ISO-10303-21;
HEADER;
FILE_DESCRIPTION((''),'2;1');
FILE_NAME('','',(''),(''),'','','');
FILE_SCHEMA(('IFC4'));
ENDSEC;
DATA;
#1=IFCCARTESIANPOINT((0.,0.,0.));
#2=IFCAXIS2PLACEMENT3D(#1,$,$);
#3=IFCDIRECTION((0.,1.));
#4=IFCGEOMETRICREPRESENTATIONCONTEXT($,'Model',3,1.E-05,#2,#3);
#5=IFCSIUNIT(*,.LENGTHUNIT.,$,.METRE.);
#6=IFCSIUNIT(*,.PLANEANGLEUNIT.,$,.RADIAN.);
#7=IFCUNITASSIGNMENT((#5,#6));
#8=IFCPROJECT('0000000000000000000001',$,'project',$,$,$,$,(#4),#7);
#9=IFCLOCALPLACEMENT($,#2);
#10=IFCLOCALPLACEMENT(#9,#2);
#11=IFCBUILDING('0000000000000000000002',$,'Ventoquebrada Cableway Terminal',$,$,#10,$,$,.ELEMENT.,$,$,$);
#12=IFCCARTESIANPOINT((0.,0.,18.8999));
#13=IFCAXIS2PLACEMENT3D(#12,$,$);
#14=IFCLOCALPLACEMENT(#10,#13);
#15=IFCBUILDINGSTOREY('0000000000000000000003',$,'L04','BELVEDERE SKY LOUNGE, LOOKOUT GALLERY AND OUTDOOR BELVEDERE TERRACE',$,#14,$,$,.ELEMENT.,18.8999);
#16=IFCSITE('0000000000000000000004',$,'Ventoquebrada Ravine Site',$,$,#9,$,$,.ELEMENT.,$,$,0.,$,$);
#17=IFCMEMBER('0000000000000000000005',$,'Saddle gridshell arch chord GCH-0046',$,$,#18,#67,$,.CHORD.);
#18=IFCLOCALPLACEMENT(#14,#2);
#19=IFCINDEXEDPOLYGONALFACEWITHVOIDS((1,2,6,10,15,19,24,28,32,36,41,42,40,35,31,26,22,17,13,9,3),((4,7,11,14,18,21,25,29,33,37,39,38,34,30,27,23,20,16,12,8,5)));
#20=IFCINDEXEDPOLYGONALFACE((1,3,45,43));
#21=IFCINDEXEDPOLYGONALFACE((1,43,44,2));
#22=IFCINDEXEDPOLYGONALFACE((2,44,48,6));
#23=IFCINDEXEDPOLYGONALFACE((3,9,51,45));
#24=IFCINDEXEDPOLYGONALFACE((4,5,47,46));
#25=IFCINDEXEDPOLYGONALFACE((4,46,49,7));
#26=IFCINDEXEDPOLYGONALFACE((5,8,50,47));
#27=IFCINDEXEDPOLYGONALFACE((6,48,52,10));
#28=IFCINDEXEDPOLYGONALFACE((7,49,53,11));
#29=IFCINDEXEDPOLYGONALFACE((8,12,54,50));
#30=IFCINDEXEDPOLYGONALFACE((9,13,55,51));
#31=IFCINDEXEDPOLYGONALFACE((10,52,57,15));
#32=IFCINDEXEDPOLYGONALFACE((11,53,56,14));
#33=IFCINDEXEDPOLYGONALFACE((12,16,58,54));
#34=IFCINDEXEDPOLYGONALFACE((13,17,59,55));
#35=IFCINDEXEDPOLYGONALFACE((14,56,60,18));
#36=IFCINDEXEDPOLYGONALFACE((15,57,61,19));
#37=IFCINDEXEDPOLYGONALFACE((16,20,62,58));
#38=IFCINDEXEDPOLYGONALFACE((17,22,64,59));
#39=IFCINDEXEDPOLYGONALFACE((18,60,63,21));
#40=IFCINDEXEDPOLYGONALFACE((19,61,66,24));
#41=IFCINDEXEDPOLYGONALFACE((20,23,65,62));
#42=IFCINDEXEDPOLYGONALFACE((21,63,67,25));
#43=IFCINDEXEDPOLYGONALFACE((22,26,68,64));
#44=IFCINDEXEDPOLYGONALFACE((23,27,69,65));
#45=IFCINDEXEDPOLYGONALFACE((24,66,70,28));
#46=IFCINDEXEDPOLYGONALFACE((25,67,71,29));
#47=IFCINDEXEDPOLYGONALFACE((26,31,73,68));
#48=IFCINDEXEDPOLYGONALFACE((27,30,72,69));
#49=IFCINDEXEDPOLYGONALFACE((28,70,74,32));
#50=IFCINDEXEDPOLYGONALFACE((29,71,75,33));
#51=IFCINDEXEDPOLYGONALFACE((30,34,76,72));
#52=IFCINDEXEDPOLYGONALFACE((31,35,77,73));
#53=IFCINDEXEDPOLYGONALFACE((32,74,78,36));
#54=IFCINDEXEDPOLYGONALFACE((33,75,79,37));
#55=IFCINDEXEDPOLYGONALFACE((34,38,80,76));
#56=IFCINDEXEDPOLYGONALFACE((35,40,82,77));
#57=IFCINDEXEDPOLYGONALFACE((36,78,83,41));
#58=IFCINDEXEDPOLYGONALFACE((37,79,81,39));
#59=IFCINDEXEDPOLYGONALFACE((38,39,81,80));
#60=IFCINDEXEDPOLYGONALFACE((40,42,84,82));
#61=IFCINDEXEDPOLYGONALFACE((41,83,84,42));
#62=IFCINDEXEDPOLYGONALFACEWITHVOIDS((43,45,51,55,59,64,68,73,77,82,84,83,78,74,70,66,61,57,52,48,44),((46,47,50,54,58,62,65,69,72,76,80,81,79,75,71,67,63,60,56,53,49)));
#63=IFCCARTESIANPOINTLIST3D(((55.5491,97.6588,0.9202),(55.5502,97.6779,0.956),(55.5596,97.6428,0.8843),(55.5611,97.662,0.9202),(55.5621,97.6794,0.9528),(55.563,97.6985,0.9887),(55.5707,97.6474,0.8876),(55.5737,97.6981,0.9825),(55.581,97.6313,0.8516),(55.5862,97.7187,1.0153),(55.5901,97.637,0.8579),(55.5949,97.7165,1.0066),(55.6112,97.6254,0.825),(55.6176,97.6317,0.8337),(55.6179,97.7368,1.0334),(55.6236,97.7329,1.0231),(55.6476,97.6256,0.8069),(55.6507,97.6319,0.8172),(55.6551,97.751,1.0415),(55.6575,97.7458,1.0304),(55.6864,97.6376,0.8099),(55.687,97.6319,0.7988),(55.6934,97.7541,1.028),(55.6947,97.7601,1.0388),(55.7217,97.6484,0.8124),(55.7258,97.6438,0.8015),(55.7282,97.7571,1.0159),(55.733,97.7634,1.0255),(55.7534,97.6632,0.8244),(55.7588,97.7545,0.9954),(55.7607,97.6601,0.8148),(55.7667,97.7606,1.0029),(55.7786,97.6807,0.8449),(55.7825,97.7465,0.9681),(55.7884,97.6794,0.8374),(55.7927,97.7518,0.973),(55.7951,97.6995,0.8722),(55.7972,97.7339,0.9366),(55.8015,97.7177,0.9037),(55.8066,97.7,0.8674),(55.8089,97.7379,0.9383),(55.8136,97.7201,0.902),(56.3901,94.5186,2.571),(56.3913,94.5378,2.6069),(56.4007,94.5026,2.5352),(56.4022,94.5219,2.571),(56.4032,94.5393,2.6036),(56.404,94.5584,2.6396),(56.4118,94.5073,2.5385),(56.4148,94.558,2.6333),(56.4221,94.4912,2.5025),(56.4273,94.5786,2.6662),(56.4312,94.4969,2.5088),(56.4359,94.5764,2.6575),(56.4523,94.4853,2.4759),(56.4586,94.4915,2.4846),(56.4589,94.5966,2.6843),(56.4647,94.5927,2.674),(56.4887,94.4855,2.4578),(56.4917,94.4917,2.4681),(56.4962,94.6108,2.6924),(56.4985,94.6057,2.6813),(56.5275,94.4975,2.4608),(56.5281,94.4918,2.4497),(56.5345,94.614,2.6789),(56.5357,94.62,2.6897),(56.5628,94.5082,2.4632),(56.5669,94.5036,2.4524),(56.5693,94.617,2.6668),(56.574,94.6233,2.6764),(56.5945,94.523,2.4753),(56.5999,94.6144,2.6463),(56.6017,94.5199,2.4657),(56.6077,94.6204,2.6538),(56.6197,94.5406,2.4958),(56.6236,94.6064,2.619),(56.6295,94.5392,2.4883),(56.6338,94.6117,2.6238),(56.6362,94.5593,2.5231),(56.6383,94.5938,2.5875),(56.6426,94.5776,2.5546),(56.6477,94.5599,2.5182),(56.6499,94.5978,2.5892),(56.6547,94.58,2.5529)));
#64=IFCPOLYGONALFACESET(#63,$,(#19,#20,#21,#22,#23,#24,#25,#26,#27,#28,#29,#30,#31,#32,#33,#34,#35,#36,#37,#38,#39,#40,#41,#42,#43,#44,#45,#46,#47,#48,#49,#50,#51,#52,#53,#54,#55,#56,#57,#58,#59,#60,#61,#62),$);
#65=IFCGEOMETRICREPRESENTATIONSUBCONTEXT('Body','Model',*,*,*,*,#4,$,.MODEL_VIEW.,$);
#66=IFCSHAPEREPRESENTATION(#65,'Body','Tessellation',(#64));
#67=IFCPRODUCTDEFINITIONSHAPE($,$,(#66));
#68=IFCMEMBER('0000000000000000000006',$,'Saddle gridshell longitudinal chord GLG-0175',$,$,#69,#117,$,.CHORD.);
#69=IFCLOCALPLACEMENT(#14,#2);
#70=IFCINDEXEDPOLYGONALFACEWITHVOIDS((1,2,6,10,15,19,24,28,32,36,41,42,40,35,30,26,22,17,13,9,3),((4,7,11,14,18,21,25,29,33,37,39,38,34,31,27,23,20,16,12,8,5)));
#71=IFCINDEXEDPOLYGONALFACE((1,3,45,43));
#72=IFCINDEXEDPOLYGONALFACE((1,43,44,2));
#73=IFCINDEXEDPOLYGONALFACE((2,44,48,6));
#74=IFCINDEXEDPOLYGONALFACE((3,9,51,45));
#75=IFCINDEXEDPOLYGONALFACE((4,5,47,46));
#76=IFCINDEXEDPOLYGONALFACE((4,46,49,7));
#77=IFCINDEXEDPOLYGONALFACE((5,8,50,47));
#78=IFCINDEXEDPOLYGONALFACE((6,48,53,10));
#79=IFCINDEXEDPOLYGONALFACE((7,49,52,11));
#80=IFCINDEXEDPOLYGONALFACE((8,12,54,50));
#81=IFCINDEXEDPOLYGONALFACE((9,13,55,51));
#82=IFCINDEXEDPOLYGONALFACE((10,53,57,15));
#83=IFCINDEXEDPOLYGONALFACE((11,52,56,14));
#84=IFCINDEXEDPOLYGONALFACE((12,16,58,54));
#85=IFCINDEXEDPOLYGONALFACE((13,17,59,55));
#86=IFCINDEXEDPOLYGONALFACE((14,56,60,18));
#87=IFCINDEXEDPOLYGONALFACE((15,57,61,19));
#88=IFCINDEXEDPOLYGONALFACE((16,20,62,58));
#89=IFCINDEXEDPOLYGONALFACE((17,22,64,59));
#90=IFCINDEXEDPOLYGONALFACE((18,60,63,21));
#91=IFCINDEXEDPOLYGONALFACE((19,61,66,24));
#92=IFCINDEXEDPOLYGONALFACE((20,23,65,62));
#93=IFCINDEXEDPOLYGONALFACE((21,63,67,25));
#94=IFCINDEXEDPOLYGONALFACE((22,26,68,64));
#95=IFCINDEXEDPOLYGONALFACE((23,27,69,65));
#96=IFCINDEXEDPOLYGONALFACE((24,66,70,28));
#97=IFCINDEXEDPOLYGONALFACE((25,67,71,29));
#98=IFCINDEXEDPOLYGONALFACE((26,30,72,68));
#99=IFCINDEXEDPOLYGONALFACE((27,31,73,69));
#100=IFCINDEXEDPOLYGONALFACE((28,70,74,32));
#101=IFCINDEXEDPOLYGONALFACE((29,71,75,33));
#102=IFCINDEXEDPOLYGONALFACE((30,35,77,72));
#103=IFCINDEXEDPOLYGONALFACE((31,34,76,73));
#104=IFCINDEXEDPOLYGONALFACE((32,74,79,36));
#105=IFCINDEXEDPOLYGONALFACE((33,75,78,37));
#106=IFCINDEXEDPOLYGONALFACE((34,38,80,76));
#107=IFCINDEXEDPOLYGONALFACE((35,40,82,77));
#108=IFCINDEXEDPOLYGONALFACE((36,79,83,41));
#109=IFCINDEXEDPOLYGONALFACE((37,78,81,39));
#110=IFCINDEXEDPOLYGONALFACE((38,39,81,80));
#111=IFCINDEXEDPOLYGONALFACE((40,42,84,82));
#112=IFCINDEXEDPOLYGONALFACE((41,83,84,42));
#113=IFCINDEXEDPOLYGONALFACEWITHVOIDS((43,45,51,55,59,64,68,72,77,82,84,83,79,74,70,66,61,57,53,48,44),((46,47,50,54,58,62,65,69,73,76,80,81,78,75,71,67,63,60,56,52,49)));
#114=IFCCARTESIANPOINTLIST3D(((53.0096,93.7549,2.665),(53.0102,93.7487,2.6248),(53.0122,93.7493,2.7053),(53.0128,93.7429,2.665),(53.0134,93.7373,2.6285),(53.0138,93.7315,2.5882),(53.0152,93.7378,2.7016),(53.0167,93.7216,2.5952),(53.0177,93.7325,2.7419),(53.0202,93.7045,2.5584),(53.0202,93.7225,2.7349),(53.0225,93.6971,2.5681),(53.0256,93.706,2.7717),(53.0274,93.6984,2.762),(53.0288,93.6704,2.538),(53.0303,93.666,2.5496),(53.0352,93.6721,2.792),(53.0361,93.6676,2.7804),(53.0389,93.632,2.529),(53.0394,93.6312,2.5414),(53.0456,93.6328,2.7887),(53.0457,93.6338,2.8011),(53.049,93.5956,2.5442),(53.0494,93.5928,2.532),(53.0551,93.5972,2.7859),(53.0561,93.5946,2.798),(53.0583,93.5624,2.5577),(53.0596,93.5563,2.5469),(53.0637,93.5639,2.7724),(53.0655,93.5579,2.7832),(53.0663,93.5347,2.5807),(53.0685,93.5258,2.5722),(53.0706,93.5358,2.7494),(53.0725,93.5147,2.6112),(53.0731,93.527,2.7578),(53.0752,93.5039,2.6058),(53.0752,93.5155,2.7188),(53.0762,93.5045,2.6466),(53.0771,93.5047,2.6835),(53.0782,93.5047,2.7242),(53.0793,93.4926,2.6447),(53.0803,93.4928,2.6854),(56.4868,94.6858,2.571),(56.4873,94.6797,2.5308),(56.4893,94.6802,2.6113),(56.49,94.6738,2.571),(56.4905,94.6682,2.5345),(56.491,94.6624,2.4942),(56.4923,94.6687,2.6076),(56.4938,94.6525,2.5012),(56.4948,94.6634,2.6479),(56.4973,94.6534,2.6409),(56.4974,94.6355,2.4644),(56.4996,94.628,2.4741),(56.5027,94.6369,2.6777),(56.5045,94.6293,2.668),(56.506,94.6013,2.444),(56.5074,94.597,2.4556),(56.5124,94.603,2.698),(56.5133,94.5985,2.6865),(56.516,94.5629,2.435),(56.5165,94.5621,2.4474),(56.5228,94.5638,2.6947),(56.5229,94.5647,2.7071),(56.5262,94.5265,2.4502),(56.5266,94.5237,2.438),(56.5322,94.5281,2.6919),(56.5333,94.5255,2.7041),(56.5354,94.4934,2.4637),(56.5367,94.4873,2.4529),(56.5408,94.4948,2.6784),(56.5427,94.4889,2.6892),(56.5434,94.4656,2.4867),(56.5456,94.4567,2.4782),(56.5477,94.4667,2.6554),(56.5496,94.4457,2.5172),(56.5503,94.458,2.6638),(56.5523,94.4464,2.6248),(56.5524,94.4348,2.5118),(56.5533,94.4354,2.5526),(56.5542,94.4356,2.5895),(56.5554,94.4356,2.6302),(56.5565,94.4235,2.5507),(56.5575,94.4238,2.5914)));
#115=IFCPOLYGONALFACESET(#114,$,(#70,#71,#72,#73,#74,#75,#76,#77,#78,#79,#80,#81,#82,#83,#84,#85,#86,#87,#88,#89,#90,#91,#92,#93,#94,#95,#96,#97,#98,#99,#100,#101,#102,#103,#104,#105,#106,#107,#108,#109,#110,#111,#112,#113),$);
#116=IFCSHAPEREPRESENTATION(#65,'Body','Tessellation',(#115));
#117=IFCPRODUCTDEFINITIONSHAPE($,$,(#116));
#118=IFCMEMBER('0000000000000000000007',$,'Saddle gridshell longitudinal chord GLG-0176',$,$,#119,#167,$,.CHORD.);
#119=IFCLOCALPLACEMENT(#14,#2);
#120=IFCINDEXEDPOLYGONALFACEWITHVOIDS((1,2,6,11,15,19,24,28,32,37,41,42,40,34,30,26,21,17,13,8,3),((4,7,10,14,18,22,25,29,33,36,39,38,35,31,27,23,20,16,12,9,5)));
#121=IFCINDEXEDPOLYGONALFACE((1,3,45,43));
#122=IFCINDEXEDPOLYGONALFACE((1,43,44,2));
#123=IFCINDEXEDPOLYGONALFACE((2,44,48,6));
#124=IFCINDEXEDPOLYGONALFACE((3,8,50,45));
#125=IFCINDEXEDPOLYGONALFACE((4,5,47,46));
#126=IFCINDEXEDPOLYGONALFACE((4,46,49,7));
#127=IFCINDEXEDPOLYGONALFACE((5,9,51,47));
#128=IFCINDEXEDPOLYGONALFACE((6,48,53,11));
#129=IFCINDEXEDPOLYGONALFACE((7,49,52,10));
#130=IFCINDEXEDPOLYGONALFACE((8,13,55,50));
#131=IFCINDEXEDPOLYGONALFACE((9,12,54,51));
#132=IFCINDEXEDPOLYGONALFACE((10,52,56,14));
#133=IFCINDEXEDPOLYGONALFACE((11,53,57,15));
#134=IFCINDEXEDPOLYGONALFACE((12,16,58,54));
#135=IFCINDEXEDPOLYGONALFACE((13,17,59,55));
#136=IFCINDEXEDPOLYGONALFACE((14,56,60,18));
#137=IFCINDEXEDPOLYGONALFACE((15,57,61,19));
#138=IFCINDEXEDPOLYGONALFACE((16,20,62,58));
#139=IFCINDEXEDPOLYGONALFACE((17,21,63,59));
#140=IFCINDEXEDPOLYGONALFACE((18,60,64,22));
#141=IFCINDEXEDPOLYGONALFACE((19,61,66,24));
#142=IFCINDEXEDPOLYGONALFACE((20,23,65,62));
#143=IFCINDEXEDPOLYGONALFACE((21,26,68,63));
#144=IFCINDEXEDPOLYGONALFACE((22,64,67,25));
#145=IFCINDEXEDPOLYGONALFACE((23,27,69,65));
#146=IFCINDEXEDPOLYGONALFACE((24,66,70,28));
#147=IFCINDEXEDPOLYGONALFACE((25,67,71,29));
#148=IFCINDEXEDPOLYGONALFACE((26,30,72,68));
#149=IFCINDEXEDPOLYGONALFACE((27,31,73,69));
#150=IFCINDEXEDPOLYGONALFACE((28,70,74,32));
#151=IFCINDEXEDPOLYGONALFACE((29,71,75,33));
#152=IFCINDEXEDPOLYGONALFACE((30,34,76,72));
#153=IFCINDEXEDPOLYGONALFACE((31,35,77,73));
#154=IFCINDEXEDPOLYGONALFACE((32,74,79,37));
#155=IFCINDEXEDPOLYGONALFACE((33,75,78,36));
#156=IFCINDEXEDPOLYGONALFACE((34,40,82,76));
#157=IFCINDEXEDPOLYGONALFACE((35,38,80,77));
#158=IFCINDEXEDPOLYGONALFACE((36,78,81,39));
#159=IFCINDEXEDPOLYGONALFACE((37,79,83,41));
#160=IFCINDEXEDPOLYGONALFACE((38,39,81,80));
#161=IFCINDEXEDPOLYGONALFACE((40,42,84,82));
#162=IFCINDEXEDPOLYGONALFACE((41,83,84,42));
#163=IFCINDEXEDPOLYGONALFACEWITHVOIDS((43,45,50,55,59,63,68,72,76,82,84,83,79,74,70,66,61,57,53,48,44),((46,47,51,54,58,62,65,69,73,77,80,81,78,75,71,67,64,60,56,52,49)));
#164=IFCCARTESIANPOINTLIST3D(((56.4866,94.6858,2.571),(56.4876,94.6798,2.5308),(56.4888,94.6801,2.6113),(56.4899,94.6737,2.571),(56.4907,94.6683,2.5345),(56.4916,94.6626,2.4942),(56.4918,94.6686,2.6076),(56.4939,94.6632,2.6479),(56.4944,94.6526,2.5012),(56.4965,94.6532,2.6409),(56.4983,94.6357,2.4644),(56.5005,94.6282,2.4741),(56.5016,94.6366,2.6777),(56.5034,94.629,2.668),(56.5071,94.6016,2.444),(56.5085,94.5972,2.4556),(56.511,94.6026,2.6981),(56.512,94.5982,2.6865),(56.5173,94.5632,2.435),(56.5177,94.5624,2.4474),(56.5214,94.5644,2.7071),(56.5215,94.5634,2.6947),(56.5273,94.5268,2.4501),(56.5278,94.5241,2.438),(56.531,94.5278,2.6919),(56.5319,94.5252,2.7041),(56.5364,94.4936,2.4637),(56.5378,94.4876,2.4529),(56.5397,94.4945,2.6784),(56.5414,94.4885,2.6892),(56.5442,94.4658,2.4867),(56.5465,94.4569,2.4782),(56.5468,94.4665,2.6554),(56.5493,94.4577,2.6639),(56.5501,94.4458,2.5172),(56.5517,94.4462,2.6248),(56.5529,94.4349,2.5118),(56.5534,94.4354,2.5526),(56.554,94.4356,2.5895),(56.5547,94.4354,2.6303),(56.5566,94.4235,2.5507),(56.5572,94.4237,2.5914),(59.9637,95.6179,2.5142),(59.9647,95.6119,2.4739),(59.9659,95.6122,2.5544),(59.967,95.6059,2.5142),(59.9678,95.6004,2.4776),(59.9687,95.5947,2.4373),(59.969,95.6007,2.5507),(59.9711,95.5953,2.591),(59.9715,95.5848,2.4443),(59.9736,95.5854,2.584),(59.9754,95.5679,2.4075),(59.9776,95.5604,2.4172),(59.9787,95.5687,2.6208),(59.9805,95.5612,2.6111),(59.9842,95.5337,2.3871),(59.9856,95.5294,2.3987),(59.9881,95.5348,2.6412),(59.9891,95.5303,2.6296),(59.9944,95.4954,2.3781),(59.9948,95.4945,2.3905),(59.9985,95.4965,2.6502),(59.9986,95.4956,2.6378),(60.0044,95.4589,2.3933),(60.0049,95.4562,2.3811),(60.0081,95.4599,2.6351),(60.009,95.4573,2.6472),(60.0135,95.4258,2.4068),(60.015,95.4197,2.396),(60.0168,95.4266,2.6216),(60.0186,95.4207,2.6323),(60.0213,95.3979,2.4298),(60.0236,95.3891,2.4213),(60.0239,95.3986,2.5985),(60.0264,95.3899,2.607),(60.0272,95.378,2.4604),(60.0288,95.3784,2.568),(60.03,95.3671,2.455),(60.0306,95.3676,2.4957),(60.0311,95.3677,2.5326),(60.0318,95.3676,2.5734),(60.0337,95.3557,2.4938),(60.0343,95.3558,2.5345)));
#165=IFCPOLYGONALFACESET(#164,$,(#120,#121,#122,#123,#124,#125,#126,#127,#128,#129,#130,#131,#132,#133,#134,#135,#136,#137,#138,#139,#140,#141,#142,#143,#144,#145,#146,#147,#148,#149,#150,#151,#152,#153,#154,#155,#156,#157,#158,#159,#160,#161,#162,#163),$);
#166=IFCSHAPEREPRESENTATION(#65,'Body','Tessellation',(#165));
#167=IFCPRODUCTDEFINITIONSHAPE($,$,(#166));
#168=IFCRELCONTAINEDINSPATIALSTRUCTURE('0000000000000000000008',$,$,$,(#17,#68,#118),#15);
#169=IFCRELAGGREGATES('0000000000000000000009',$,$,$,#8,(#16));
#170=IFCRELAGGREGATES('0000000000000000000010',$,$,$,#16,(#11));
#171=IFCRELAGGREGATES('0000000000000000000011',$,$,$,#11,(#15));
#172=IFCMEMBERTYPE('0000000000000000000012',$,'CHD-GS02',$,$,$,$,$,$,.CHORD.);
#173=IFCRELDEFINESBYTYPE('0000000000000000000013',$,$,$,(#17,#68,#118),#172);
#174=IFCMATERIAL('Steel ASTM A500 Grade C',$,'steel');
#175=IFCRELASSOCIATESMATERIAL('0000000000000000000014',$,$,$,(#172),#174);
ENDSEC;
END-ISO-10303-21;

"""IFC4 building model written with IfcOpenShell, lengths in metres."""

from ifc_helpers import new_model, si_unit, direction, frame, origin, origin_2d, place, context, subcontext, project, spatial, hollow_circle, extrude, material, material_profile, profile_set, type_object, element, save


model = new_model("IFC4")

# Units and contexts
model_context = context("Model", 3, precision=1e-05, world=origin(), true_north=direction((0.0, 1.0)))
body_context = subcontext(model_context, "Body", "Model", "MODEL_VIEW")
ifc_project = project(units=[si_unit("LENGTHUNIT", "METRE"), si_unit("PLANEANGLEUNIT", "RADIAN")], contexts=[model_context])

# Site, building, storey
site_placement = place(None, origin())
site = spatial("IfcSite", under=ifc_project, at=site_placement, Name="Ventoquebrada Ravine Site", CompositionType="ELEMENT", RefElevation=0.0)
building_placement = place(site_placement, origin())
building = spatial("IfcBuilding", under=site, at=building_placement, Name="Ventoquebrada Cableway Terminal", CompositionType="ELEMENT")
storey_placement = place(building_placement, frame((0.0, 0.0, 18.8999)))
storey = spatial("IfcBuildingStorey", under=building, at=storey_placement, Name="L04", Description="BELVEDERE SKY LOUNGE, LOOKOUT GALLERY AND OUTDOOR BELVEDERE TERRACE", CompositionType="ELEMENT", Elevation=18.8999)

# Members
ifc_material_1 = material(Name="Steel ASTM A500 Grade C", Category="steel")
ifc_material_profile_1 = material_profile(ifc_material_1, hollow_circle(Radius=0.1365, WallThickness=0.0125, at=origin_2d()), Name="CHS273.0X12.5")
ifc_profile_set_1 = profile_set([ifc_material_profile_1], Name="Steel ASTM A500 Grade C")
member_type_1 = type_object("IfcMemberType", Name="CHD-GS02", PredefinedType="CHORD", material=ifc_profile_set_1)
member_1_placement = place(storey_placement, frame((56.522, 94.554, 2.571), z_axis=(-0.230682, 0.861257, -0.452793), x_axis=(-0.965951, -0.258724, 0.0)))
element("IfcMember", 1, at=member_1_placement, inside=storey, type_object=member_type_1, Name="Saddle gridshell arch chord GCH-0046", PredefinedType="CHORD", context=body_context, shape_type="SweptSolid", body=[
    extrude(hollow_circle(Radius=0.1365, WallThickness=0.0125, at=origin_2d()), origin(), (0.0, 0.0, 1.0), 3.646),
])
member_2_placement = place(storey_placement, frame((53.0449, 93.623, 2.665), z_axis=(0.96565, 0.258533, -0.026104), x_axis=(-0.258621, 0.965979, 0.0)))
element("IfcMember", 2, at=member_2_placement, inside=storey, type_object=member_type_1, Name="Saddle gridshell longitudinal chord GLG-0175", PredefinedType="CHORD", context=body_context, shape_type="SweptSolid", body=[
    extrude(hollow_circle(Radius=0.1365, WallThickness=0.0125, at=origin_2d()), origin(), (0.0, 0.0, 1.0), 3.6008),
])
member_3_placement = place(storey_placement, frame((56.522, 94.554, 2.571), z_axis=(0.965774, 0.258905, -0.0158), x_axis=(-0.258937, 0.965894, 0.0)))
element("IfcMember", 3, at=member_3_placement, inside=storey, type_object=member_type_1, Name="Saddle gridshell longitudinal chord GLG-0176", PredefinedType="CHORD", context=body_context, shape_type="SweptSolid", body=[
    extrude(hollow_circle(Radius=0.1365, WallThickness=0.0125, at=origin_2d()), origin(), (0.0, 0.0, 1.0), 3.6003),
])

save(model, "model.ifc")
